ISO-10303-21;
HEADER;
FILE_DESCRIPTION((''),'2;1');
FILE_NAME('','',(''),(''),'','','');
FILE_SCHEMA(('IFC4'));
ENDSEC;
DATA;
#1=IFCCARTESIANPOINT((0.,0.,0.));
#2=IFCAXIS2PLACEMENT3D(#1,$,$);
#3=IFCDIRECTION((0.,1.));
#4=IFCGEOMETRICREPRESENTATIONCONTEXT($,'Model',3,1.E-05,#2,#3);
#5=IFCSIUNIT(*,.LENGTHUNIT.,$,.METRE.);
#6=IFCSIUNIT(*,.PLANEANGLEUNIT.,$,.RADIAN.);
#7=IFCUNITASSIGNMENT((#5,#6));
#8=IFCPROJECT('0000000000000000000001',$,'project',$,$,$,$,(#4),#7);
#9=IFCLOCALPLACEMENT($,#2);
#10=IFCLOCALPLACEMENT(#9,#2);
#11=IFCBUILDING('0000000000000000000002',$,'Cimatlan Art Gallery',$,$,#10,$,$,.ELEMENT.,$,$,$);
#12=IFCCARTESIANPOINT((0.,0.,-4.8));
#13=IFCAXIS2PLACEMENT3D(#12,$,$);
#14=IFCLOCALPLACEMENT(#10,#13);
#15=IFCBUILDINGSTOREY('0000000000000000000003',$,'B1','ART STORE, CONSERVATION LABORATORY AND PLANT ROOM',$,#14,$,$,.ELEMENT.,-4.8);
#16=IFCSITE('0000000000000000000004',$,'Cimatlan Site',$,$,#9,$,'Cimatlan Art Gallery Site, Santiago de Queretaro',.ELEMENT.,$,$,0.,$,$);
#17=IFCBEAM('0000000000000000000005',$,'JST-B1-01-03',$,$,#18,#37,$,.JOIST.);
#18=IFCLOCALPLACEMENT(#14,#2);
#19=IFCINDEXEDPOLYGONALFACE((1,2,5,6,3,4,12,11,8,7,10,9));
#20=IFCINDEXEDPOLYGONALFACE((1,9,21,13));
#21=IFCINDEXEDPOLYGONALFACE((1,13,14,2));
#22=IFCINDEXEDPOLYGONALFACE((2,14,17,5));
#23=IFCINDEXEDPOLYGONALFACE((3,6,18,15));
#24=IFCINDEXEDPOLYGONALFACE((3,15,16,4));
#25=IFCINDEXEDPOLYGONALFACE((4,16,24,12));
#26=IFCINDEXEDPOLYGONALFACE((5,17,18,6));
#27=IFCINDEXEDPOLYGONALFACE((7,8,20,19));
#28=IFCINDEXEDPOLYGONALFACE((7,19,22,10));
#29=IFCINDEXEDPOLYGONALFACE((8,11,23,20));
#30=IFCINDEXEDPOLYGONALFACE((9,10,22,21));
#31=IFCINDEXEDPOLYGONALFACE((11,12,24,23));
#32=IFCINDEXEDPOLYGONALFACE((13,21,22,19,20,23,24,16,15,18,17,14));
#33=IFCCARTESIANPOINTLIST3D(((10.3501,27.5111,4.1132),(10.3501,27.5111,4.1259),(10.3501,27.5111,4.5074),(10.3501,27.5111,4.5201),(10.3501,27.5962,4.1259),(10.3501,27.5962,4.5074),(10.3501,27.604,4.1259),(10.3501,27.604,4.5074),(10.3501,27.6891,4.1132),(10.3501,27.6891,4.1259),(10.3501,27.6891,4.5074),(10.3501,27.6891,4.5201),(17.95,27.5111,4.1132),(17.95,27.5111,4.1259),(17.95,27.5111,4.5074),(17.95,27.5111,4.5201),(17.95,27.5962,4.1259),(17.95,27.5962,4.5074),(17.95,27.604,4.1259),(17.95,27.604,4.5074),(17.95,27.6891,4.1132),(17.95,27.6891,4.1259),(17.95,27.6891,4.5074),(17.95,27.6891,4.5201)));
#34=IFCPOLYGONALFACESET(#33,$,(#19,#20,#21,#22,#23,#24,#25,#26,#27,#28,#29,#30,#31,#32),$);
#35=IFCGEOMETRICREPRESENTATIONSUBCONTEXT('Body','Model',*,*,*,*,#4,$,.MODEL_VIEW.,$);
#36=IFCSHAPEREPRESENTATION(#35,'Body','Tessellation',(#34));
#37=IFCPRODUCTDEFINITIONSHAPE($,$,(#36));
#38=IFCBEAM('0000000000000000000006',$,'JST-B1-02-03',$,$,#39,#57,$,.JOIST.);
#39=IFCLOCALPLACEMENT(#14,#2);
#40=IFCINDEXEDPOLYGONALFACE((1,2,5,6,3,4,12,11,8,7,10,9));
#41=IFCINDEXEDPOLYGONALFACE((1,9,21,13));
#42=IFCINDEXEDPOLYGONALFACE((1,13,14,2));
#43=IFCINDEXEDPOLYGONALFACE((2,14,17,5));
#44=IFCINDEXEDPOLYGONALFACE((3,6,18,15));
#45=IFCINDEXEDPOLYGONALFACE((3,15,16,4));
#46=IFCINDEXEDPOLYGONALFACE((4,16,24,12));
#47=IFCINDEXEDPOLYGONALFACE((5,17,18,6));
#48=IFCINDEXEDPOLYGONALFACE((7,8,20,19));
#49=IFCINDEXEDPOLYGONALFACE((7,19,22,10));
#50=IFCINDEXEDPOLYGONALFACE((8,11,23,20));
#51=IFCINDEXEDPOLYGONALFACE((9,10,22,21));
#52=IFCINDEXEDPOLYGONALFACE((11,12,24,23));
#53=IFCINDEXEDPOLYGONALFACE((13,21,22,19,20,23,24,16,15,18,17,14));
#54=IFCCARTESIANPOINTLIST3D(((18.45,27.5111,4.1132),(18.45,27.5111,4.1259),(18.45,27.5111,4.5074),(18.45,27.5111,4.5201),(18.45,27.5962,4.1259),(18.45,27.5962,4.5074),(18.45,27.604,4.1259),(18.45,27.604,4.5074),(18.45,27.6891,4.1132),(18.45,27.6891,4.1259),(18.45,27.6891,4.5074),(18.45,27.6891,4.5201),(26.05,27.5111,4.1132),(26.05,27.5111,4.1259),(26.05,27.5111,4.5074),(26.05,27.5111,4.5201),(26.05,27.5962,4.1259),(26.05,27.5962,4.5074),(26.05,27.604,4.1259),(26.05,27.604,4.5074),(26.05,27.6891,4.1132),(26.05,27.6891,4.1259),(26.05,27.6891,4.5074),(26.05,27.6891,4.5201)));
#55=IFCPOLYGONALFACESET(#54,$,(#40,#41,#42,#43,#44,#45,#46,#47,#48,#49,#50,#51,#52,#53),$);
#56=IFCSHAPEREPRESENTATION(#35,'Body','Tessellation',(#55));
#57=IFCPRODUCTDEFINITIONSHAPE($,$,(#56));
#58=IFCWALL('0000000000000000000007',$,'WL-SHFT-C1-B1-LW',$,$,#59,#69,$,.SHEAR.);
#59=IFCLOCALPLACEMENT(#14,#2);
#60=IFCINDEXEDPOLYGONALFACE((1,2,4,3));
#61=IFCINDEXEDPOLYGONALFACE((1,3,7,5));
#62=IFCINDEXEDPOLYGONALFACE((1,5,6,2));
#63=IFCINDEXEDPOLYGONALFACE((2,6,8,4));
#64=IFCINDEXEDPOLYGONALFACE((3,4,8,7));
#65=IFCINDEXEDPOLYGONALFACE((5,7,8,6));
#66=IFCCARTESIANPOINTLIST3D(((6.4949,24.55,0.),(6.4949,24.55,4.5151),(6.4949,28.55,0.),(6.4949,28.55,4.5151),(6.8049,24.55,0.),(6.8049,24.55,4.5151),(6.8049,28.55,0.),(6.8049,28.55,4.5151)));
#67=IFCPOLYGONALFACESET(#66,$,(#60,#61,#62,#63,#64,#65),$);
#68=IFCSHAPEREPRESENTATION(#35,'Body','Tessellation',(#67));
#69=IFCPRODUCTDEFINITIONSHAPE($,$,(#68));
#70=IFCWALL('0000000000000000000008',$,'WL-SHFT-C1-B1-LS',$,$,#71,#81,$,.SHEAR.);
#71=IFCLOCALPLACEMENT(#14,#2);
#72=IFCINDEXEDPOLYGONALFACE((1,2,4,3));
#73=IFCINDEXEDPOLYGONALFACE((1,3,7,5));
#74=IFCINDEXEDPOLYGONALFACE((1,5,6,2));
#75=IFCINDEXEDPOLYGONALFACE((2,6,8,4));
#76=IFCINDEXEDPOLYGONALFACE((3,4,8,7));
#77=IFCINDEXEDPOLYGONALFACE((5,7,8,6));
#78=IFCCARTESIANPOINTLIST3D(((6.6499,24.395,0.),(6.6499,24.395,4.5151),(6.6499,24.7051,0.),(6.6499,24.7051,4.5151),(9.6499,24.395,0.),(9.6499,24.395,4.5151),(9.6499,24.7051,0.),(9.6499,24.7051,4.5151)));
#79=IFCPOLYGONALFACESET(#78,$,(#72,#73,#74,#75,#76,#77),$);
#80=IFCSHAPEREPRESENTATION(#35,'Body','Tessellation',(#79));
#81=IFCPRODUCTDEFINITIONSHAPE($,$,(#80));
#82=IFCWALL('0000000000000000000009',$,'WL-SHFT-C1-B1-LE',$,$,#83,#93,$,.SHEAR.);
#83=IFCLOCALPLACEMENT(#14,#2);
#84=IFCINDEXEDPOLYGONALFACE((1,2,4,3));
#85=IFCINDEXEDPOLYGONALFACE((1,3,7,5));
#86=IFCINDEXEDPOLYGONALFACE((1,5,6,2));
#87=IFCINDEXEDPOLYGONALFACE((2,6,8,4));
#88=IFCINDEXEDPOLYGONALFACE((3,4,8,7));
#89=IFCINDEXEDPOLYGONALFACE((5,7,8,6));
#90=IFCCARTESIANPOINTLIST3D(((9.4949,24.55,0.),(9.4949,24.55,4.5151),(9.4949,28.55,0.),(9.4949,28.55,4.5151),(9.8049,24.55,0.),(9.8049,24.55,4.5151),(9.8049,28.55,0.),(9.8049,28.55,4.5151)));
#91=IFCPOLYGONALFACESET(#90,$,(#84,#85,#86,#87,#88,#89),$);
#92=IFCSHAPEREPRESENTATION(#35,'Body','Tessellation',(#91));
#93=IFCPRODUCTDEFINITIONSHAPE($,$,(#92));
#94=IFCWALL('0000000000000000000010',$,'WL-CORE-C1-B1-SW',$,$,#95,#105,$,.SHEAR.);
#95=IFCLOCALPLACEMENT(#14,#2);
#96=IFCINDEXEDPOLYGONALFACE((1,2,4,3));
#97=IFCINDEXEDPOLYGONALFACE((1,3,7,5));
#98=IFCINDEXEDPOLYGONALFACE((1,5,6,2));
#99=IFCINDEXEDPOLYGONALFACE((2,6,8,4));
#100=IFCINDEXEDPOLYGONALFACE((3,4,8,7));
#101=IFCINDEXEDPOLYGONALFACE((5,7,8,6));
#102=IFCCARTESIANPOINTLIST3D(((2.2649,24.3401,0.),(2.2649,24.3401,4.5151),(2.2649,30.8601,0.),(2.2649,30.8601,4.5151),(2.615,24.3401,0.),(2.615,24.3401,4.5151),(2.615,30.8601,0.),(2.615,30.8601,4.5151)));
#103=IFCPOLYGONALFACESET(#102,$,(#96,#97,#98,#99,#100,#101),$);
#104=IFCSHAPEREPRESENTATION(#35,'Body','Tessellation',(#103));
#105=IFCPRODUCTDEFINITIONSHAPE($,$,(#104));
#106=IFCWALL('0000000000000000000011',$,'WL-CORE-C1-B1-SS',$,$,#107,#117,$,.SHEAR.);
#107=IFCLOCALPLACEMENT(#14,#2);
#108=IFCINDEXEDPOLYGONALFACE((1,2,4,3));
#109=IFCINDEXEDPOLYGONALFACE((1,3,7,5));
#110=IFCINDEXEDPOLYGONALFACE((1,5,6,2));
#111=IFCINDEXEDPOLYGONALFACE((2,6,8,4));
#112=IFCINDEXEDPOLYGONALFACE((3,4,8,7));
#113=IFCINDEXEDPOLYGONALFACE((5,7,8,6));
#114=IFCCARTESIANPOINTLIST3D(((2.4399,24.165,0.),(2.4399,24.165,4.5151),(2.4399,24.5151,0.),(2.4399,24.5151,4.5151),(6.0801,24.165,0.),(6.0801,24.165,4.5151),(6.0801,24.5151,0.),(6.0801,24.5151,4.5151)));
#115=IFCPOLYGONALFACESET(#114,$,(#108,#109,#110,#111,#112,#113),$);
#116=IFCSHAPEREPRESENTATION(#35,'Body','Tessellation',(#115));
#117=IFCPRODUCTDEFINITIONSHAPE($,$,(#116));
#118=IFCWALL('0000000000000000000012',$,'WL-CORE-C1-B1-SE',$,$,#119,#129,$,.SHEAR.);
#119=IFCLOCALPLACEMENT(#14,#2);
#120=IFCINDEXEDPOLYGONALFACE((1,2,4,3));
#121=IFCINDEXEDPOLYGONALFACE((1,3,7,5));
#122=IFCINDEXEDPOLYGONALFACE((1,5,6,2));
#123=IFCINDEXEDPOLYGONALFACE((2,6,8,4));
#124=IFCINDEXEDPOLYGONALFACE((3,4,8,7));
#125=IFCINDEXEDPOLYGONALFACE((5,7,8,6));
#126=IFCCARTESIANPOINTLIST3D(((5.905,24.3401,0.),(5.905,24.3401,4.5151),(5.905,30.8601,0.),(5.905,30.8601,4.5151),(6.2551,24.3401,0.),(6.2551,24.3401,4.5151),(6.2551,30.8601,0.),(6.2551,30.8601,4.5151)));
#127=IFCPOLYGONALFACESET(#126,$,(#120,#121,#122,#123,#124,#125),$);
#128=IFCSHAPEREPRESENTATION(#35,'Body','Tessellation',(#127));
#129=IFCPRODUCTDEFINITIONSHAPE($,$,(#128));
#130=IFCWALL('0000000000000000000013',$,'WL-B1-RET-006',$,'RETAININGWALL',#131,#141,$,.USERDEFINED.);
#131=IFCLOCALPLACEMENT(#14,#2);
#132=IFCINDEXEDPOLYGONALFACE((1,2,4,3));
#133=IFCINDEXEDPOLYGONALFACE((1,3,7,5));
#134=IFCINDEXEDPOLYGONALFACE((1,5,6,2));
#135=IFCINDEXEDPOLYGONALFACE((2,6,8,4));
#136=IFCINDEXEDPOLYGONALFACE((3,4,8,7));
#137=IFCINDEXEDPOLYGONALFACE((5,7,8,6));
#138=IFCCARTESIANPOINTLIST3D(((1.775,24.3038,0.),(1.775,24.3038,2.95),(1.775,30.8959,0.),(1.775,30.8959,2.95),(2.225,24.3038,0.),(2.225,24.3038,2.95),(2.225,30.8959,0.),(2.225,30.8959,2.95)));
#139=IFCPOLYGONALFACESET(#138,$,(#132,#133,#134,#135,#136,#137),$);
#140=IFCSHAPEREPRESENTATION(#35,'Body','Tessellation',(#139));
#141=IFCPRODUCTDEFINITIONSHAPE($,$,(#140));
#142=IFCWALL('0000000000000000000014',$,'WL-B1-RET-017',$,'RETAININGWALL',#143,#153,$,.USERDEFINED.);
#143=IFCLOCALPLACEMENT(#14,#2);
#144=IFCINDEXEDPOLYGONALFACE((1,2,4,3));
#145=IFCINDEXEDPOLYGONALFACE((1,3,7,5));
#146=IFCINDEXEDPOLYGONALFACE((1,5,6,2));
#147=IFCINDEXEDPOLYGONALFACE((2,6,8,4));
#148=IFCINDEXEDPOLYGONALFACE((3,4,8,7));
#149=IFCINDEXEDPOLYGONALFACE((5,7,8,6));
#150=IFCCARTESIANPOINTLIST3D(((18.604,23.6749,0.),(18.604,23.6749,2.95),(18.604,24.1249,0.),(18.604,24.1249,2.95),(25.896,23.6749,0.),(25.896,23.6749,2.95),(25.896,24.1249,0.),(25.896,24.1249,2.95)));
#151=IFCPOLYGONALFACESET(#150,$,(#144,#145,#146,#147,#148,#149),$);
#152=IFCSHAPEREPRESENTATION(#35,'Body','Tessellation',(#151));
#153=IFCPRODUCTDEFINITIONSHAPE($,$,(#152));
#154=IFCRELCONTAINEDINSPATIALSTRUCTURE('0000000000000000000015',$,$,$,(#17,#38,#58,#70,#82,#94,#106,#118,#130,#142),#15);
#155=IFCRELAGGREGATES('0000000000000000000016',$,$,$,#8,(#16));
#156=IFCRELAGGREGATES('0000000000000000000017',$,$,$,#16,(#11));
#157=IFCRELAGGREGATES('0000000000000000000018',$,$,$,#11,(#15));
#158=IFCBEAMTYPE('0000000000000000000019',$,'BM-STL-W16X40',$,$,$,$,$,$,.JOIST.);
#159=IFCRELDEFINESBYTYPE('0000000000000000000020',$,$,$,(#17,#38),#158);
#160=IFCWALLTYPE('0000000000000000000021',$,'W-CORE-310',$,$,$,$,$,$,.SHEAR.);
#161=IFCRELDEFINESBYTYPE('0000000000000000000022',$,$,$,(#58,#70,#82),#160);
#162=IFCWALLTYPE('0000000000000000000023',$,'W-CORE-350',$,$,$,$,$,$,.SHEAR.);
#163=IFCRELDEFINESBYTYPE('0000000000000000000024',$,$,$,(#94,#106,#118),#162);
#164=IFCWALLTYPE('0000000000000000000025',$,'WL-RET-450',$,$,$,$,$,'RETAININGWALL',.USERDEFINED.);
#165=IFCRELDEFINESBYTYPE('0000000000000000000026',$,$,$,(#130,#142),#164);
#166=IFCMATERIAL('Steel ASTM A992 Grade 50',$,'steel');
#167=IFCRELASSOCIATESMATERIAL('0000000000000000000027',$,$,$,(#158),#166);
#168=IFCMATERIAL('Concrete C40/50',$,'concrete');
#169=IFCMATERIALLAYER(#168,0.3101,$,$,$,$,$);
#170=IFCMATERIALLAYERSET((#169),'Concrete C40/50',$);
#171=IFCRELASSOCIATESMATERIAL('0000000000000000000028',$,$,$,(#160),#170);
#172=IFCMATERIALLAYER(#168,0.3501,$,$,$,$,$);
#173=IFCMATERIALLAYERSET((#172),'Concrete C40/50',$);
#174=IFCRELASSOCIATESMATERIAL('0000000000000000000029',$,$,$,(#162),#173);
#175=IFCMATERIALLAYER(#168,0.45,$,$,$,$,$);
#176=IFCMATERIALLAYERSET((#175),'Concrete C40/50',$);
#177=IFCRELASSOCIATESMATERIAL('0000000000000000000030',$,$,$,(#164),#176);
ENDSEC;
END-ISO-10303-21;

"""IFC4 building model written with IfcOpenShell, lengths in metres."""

from ifc_helpers import new_model, si_unit, direction, frame, frame_2d, origin, origin_2d, place, context, subcontext, project, spatial, rectangle, i_section, extrude, material, layer, layer_set, material_profile, profile_set, type_object, element, save


model = new_model("IFC4")

# Units and contexts
model_context = context("Model", 3, precision=1e-05, world=origin(), true_north=direction((0.0, 1.0)))
body_context = subcontext(model_context, "Body", "Model", "MODEL_VIEW")
ifc_project = project(units=[si_unit("LENGTHUNIT", "METRE"), si_unit("PLANEANGLEUNIT", "RADIAN")], contexts=[model_context])

# Site, building, storey
site_placement = place(None, origin())
site = spatial("IfcSite", under=ifc_project, at=site_placement, Name="Cimatlan Site", LongName="Cimatlan Art Gallery Site, Santiago de Queretaro", CompositionType="ELEMENT", RefElevation=0.0)
building_placement = place(site_placement, origin())
building = spatial("IfcBuilding", under=site, at=building_placement, Name="Cimatlan Art Gallery", CompositionType="ELEMENT")
storey_placement = place(building_placement, frame((0.0, 0.0, -4.8)))
storey = spatial("IfcBuildingStorey", under=building, at=storey_placement, Name="B1", Description="ART STORE, CONSERVATION LABORATORY AND PLANT ROOM", CompositionType="ELEMENT", Elevation=-4.8)

# Shared definitions
ifc_material_1 = material(Name="Concrete C40/50", Category="concrete")

# Beams
ifc_material_2 = material(Name="Steel ASTM A992 Grade 50", Category="steel")
ifc_material_profile_1 = material_profile(ifc_material_2, i_section(OverallWidth=0.178, OverallDepth=0.407, WebThickness=0.0078, FlangeThickness=0.0127, at=origin_2d()), Name="W16X40")
ifc_profile_set_1 = profile_set([ifc_material_profile_1], Name="Steel ASTM A992 Grade 50")
beam_type_1 = type_object("IfcBeamType", Name="BM-STL-W16X40", PredefinedType="JOIST", material=ifc_profile_set_1)
beam_1_placement = place(storey_placement, frame((10.3501, 27.6001, 4.3167), z_axis=(1.0, 0.0, 0.0), x_axis=(0.0, 1.0, 0.0)))
element("IfcBeam", 1, at=beam_1_placement, inside=storey, type_object=beam_type_1, Name="JST-B1-01-03", PredefinedType="JOIST", context=body_context, shape_type="SweptSolid", body=[
    extrude(i_section(OverallWidth=0.178, OverallDepth=0.407, WebThickness=0.0078, FlangeThickness=0.0127, at=origin_2d()), origin(), (0.0, 0.0, 1.0), 7.5999),
])
beam_2_placement = place(storey_placement, frame((18.45, 27.6001, 4.3167), z_axis=(1.0, 0.0, 0.0), x_axis=(0.0, 1.0, 0.0)))
element("IfcBeam", 2, at=beam_2_placement, inside=storey, type_object=beam_type_1, Name="JST-B1-02-03", PredefinedType="JOIST", context=body_context, shape_type="SweptSolid", body=[
    extrude(i_section(OverallWidth=0.178, OverallDepth=0.407, WebThickness=0.0078, FlangeThickness=0.0127, at=origin_2d()), origin(), (0.0, 0.0, 1.0), 7.6001),
])

# Walls
ifc_layer_1 = layer(ifc_material_1, 0.3101)
ifc_layer_set_1 = layer_set([ifc_layer_1], Name="Concrete C40/50")
wall_type_1 = type_object("IfcWallType", Name="W-CORE-310", PredefinedType="SHEAR", material=ifc_layer_set_1)
wall_1_placement = place(storey_placement, frame((6.6499, 24.55, 0.0), z_axis=(0.0, 0.0, 1.0), x_axis=(0.0, 1.0, 0.0)))
element("IfcWall", 3, at=wall_1_placement, inside=storey, type_object=wall_type_1, Name="WL-SHFT-C1-B1-LW", PredefinedType="SHEAR", context=body_context, shape_type="SweptSolid", body=[
    extrude(rectangle(XDim=4.0, YDim=0.3101, at=frame_2d((2.0, 0.0))), origin(), (0.0, 0.0, 1.0), 4.5151),
])
wall_2_placement = place(storey_placement, frame((6.6499, 24.55, 0.0), z_axis=(0.0, 0.0, 1.0), x_axis=(1.0, 0.0, 0.0)))
element("IfcWall", 4, at=wall_2_placement, inside=storey, type_object=wall_type_1, Name="WL-SHFT-C1-B1-LS", PredefinedType="SHEAR", context=body_context, shape_type="SweptSolid", body=[
    extrude(rectangle(XDim=3.0, YDim=0.3101, at=frame_2d((1.5, 0.0))), origin(), (0.0, 0.0, 1.0), 4.5151),
])
wall_3_placement = place(storey_placement, frame((9.6499, 24.55, 0.0), z_axis=(0.0, 0.0, 1.0), x_axis=(0.0, 1.0, 0.0)))
element("IfcWall", 5, at=wall_3_placement, inside=storey, type_object=wall_type_1, Name="WL-SHFT-C1-B1-LE", PredefinedType="SHEAR", context=body_context, shape_type="SweptSolid", body=[
    extrude(rectangle(XDim=4.0, YDim=0.3101, at=frame_2d((2.0, 0.0))), origin(), (0.0, 0.0, 1.0), 4.5151),
])
ifc_layer_2 = layer(ifc_material_1, 0.3501)
ifc_layer_set_2 = layer_set([ifc_layer_2], Name="Concrete C40/50")
wall_type_2 = type_object("IfcWallType", Name="W-CORE-350", PredefinedType="SHEAR", material=ifc_layer_set_2)
wall_4_placement = place(storey_placement, frame((2.4399, 24.3401, 0.0), z_axis=(0.0, 0.0, 1.0), x_axis=(0.0, 1.0, 0.0)))
element("IfcWall", 6, at=wall_4_placement, inside=storey, type_object=wall_type_2, Name="WL-CORE-C1-B1-SW", PredefinedType="SHEAR", context=body_context, shape_type="SweptSolid", body=[
    extrude(rectangle(XDim=6.52, YDim=0.3501, at=frame_2d((3.26, 0.0))), origin(), (0.0, 0.0, 1.0), 4.5151),
])
wall_5_placement = place(storey_placement, frame((2.4399, 24.3401, 0.0), z_axis=(0.0, 0.0, 1.0), x_axis=(1.0, 0.0, 0.0)))
element("IfcWall", 7, at=wall_5_placement, inside=storey, type_object=wall_type_2, Name="WL-CORE-C1-B1-SS", PredefinedType="SHEAR", context=body_context, shape_type="SweptSolid", body=[
    extrude(rectangle(XDim=3.6401, YDim=0.3501, at=frame_2d((1.8201, 0.0))), origin(), (0.0, 0.0, 1.0), 4.5151),
])
wall_6_placement = place(storey_placement, frame((6.0801, 24.3401, 0.0), z_axis=(0.0, 0.0, 1.0), x_axis=(0.0, 1.0, 0.0)))
element("IfcWall", 8, at=wall_6_placement, inside=storey, type_object=wall_type_2, Name="WL-CORE-C1-B1-SE", PredefinedType="SHEAR", context=body_context, shape_type="SweptSolid", body=[
    extrude(rectangle(XDim=6.52, YDim=0.3501, at=frame_2d((3.26, 0.0))), origin(), (0.0, 0.0, 1.0), 4.5151),
])
ifc_layer_3 = layer(ifc_material_1, 0.45)
ifc_layer_set_3 = layer_set([ifc_layer_3], Name="Concrete C40/50")
wall_type_3 = type_object("IfcWallType", Name="WL-RET-450", ElementType="RETAININGWALL", PredefinedType="USERDEFINED", material=ifc_layer_set_3)
wall_7_placement = place(storey_placement, frame((2.0, 24.304, 0.0), z_axis=(0.0, 0.0, 1.0), x_axis=(0.0, 1.0, 0.0)))
element("IfcWall", 9, at=wall_7_placement, inside=storey, type_object=wall_type_3, Name="WL-B1-RET-006", ObjectType="RETAININGWALL", PredefinedType="USERDEFINED", context=body_context, shape_type="SweptSolid", body=[
    extrude(rectangle(XDim=6.592, YDim=0.45, at=frame_2d((3.2959, 0.0))), origin(), (0.0, 0.0, 1.0), 2.95),
])
wall_8_placement = place(storey_placement, frame((25.896, 23.8999, 0.0), z_axis=(0.0, 0.0, 1.0), x_axis=(-1.0, 0.0, 0.0)))
element("IfcWall", 10, at=wall_8_placement, inside=storey, type_object=wall_type_3, Name="WL-B1-RET-017", ObjectType="RETAININGWALL", PredefinedType="USERDEFINED", context=body_context, shape_type="SweptSolid", body=[
    extrude(rectangle(XDim=7.292, YDim=0.45, at=frame_2d((3.646, 0.0))), origin(), (0.0, 0.0, 1.0), 2.95),
])

save(model, "model.ifc")
